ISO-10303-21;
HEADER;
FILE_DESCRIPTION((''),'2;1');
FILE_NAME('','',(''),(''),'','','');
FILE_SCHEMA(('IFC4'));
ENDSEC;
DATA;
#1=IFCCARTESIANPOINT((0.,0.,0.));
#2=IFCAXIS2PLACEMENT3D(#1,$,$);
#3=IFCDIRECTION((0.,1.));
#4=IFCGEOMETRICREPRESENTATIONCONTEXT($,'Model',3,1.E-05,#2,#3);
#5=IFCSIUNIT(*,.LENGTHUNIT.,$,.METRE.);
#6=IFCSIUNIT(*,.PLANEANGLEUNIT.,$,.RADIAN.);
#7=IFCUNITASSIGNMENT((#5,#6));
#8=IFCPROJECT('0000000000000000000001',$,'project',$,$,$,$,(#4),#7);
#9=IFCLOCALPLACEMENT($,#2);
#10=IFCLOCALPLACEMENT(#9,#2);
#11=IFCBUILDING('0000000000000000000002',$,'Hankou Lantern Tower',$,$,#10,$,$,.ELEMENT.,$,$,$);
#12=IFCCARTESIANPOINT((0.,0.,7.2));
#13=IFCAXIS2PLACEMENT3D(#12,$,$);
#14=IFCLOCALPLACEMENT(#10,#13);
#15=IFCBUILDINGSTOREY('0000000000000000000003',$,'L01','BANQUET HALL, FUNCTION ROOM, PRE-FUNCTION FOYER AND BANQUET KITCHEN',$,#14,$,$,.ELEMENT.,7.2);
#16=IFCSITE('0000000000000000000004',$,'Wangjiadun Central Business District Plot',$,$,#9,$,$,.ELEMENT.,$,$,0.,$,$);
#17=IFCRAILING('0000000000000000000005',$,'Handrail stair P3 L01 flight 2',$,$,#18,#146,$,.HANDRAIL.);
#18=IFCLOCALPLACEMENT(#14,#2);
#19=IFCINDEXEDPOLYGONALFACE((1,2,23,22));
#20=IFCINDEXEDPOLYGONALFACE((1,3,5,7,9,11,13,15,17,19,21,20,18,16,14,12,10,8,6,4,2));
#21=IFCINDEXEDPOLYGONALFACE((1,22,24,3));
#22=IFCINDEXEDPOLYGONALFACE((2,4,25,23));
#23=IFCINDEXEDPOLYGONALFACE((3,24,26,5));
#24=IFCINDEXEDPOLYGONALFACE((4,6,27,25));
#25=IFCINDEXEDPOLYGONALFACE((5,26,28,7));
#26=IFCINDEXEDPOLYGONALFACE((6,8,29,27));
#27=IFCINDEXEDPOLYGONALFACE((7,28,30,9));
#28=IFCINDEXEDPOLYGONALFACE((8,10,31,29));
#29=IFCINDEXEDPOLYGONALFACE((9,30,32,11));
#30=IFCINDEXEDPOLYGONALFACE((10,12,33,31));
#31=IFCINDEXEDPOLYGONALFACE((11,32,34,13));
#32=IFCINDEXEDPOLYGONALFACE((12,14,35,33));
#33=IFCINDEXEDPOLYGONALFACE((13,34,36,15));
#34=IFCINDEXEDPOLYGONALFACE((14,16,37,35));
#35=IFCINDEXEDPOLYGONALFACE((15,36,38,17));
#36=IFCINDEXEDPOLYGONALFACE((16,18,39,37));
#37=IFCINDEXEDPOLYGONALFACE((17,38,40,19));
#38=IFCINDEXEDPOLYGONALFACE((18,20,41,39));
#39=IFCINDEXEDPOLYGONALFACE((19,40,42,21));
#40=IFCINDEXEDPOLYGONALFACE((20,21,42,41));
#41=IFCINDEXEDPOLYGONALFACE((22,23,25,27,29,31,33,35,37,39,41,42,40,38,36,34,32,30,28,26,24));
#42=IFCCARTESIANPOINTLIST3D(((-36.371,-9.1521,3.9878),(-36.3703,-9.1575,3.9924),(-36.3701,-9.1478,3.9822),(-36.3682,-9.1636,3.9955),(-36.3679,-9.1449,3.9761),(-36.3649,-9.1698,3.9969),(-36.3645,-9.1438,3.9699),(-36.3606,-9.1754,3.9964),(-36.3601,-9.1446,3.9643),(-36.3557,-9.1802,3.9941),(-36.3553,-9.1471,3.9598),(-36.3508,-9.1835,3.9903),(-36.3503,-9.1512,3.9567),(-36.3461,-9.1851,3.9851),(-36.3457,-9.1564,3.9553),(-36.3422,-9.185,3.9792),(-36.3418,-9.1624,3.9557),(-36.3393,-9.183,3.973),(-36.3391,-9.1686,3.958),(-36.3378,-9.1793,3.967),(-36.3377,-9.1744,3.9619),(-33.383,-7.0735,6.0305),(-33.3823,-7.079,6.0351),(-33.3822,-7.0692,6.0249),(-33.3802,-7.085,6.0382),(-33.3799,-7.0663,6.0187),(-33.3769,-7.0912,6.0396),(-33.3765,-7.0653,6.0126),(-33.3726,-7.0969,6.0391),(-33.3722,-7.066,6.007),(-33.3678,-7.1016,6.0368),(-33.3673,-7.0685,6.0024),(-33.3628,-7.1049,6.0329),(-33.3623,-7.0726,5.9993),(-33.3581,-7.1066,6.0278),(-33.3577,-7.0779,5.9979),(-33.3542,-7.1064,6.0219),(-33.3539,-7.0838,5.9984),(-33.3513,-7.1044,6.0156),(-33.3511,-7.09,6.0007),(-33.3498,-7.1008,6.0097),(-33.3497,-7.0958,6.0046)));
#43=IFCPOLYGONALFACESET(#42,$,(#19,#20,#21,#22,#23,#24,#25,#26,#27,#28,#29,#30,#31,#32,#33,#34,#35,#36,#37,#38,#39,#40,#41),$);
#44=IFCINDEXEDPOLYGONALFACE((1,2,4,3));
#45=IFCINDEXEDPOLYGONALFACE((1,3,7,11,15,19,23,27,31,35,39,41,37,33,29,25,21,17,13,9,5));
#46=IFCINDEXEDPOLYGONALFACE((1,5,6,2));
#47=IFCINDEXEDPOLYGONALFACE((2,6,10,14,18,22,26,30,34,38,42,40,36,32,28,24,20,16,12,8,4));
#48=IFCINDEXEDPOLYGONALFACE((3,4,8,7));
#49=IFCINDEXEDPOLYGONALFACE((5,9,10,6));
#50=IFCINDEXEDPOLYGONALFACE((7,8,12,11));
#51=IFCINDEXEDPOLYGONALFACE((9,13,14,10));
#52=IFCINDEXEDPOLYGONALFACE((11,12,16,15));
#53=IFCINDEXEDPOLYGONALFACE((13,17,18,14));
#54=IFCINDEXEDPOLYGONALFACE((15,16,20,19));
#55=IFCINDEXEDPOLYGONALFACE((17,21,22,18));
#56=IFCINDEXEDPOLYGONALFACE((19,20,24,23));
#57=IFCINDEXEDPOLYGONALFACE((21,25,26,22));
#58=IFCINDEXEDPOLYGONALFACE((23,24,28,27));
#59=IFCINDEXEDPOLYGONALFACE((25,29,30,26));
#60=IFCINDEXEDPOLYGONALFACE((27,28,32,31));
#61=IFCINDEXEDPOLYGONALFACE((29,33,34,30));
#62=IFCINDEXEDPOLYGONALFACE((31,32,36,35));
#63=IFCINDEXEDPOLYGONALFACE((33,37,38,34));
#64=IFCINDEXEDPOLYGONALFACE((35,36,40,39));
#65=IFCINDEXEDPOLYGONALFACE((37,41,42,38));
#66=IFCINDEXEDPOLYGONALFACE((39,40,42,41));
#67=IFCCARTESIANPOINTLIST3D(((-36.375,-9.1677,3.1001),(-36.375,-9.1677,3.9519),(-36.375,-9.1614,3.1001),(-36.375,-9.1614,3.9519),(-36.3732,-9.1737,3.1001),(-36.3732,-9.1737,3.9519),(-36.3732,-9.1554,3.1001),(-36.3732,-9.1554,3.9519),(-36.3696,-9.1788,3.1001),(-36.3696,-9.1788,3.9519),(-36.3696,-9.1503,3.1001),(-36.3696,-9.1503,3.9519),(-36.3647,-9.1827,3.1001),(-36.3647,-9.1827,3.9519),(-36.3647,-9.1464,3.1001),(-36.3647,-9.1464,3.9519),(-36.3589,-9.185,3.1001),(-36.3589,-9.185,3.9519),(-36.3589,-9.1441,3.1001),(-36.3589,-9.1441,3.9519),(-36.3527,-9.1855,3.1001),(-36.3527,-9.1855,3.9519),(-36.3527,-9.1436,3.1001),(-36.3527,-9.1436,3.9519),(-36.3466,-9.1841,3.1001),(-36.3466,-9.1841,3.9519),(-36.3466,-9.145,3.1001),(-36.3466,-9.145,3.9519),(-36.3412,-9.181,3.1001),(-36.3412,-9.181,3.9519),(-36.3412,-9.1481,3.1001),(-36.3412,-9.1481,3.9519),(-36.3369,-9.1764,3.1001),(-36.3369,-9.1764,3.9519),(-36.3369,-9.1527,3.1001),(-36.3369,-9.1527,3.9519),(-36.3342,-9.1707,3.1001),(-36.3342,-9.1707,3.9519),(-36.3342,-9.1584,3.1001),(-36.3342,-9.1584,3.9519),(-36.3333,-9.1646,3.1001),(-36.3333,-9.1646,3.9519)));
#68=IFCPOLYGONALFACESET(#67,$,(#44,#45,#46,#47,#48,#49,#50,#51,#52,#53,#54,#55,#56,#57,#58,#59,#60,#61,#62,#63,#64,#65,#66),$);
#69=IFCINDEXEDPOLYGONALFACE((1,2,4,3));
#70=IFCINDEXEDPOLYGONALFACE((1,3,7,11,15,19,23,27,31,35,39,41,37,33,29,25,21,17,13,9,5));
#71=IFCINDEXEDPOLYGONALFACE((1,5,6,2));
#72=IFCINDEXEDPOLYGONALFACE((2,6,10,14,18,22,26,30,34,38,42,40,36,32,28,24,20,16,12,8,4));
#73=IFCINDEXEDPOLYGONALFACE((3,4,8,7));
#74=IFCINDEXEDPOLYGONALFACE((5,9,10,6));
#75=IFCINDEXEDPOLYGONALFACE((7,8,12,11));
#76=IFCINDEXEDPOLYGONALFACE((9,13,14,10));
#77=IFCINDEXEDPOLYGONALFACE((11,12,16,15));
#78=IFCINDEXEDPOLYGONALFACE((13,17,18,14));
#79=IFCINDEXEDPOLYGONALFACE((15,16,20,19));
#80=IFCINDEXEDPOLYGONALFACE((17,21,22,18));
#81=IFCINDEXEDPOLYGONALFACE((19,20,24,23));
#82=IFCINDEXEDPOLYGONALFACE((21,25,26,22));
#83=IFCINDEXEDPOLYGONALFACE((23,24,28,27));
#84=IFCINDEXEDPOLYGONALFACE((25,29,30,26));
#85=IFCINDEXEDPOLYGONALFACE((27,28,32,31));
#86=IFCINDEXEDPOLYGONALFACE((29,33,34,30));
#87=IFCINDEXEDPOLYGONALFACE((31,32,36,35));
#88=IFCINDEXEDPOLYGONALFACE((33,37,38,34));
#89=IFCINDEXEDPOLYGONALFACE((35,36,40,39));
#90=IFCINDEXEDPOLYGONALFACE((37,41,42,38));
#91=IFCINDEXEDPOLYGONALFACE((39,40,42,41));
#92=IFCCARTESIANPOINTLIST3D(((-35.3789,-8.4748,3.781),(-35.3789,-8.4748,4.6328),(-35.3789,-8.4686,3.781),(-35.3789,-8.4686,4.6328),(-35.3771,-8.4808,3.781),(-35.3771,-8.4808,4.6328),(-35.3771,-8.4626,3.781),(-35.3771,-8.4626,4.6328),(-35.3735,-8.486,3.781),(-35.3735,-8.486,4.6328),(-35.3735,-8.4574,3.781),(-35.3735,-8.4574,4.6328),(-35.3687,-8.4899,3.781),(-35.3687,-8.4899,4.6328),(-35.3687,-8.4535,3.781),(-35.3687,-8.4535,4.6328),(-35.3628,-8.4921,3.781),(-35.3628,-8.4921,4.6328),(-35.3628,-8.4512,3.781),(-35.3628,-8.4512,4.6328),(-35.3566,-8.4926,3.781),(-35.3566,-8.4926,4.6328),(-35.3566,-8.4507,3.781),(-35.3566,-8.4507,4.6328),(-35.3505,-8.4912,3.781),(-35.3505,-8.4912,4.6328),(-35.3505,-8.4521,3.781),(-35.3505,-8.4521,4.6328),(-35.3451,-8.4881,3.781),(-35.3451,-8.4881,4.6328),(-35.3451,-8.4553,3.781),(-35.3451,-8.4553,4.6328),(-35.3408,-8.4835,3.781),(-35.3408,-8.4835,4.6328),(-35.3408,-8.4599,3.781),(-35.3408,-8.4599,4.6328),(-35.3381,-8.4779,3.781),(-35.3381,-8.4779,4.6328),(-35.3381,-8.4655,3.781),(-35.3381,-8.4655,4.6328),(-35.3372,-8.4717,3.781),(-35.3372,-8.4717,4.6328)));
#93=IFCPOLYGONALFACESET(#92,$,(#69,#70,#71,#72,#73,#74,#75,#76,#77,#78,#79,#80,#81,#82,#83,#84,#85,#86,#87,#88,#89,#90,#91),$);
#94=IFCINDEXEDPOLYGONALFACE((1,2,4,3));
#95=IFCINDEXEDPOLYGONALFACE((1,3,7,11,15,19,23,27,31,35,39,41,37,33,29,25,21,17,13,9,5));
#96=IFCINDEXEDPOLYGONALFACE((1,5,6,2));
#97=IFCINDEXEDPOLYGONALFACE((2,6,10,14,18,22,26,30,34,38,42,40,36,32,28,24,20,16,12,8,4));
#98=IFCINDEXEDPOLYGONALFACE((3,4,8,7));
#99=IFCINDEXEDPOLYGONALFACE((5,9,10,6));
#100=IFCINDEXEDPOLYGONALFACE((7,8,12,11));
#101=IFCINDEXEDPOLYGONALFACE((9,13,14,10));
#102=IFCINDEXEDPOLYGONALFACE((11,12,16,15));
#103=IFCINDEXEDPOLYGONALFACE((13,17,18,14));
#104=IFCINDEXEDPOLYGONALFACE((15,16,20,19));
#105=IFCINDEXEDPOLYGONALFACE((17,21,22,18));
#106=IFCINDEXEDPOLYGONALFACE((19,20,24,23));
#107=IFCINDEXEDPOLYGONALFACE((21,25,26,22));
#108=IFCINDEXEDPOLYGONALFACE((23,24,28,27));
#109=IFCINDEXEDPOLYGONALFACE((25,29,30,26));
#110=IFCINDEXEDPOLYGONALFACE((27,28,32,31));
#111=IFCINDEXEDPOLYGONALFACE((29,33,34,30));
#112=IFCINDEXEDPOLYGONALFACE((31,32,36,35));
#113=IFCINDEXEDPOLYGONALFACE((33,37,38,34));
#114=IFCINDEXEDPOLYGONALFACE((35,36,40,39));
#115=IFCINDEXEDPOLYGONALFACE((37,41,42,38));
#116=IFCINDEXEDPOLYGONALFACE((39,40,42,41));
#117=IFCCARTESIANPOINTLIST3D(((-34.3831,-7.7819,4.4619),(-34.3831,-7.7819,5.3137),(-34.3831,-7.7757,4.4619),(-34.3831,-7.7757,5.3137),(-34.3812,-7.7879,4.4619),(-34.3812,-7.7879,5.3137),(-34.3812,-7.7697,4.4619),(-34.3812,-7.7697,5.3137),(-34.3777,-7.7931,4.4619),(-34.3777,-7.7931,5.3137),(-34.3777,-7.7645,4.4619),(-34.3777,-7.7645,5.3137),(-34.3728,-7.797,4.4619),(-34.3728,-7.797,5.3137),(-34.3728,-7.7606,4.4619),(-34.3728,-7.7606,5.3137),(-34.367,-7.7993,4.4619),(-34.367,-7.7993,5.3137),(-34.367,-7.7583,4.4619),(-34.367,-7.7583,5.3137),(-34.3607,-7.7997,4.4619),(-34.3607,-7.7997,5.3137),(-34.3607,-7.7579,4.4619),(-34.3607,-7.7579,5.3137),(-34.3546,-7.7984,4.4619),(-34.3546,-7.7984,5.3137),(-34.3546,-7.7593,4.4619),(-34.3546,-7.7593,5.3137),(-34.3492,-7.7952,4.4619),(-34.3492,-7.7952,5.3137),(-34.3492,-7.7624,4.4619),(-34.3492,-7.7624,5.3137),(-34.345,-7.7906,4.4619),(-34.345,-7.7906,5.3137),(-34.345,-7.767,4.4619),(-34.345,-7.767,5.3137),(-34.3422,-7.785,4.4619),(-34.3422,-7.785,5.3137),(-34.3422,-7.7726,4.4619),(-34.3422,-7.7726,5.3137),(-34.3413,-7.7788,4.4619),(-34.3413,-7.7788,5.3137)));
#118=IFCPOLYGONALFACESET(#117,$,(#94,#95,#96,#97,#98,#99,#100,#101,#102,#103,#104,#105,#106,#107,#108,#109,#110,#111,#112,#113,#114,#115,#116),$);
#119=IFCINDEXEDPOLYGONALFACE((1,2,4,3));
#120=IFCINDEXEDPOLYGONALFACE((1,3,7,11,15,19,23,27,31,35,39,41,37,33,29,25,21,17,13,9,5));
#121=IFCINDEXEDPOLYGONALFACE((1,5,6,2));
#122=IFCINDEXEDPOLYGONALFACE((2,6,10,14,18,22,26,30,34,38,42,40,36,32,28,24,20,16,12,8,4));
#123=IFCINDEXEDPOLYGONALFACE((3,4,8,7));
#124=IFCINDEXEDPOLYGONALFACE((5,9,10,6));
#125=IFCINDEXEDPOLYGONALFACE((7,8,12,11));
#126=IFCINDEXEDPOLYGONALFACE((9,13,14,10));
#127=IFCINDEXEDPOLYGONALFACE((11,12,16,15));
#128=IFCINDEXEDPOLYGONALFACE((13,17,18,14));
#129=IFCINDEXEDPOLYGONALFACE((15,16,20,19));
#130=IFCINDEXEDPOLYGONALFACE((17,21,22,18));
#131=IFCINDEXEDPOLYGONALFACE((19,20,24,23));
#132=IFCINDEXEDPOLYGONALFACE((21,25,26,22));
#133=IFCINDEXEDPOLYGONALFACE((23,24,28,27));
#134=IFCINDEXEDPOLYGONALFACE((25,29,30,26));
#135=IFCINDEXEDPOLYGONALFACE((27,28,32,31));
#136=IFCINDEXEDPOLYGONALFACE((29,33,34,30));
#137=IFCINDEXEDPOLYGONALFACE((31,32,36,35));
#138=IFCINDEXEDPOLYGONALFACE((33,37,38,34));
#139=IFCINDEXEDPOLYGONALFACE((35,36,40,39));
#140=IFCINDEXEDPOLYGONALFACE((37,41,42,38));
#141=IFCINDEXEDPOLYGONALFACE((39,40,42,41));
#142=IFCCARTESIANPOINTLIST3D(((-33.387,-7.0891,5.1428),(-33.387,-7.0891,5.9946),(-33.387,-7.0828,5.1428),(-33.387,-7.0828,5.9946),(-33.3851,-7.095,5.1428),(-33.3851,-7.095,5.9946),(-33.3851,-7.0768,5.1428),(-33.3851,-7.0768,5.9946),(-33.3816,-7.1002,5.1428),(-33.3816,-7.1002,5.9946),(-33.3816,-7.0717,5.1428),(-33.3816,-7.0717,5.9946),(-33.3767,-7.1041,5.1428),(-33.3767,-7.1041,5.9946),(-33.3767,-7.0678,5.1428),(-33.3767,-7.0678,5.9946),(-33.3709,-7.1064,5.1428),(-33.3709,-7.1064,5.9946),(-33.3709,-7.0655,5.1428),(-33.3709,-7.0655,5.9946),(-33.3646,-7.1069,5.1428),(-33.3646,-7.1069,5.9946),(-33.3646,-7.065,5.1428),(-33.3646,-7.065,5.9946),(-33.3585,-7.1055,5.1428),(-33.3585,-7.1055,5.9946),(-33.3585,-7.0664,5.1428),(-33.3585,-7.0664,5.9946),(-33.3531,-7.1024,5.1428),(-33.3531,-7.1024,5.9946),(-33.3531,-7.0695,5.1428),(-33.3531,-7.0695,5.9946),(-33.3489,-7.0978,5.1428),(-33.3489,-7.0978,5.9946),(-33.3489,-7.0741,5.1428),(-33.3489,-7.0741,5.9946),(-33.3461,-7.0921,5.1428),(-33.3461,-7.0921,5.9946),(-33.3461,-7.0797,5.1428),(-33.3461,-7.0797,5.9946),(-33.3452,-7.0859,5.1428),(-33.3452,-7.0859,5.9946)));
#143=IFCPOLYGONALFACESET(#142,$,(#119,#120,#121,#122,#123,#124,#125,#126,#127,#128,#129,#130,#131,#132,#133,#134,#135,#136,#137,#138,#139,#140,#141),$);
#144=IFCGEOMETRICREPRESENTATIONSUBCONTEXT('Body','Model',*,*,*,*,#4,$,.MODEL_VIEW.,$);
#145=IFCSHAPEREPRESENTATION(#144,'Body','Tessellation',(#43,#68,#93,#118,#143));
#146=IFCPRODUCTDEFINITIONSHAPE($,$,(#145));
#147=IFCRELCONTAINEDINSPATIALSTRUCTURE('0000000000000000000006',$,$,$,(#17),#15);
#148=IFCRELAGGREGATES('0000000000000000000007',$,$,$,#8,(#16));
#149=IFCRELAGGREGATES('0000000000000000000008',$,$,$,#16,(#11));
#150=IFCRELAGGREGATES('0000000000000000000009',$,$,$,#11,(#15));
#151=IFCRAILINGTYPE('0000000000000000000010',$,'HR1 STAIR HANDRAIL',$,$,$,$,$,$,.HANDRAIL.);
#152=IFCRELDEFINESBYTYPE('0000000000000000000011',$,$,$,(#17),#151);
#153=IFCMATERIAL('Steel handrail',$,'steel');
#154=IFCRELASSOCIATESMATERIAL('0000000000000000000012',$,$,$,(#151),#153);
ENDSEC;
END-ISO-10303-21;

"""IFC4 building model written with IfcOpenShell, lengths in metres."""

from ifc_helpers import new_model, si_unit, direction, frame, origin, origin_2d, place, context, subcontext, project, spatial, circle, extrude, material, type_object, element, save


model = new_model("IFC4")

# Units and contexts
model_context = context("Model", 3, precision=1e-05, world=origin(), true_north=direction((0.0, 1.0)))
body_context = subcontext(model_context, "Body", "Model", "MODEL_VIEW")
ifc_project = project(units=[si_unit("LENGTHUNIT", "METRE"), si_unit("PLANEANGLEUNIT", "RADIAN")], contexts=[model_context])

# Site, building, storey
site_placement = place(None, origin())
site = spatial("IfcSite", under=ifc_project, at=site_placement, Name="Wangjiadun Central Business District Plot", CompositionType="ELEMENT", RefElevation=0.0)
building_placement = place(site_placement, origin())
building = spatial("IfcBuilding", under=site, at=building_placement, Name="Hankou Lantern Tower", CompositionType="ELEMENT")
storey_placement = place(building_placement, frame((0.0, 0.0, 7.2)))
storey = spatial("IfcBuildingStorey", under=building, at=storey_placement, Name="L01", Description="BANQUET HALL, FUNCTION ROOM, PRE-FUNCTION FOYER AND BANQUET KITCHEN", CompositionType="ELEMENT", Elevation=7.2)

# Railing
ifc_material_1 = material(Name="Steel handrail", Category="steel")
railing_type = type_object("IfcRailingType", Name="HR1 STAIR HANDRAIL", PredefinedType="HANDRAIL", material=ifc_material_1)
railing_placement = place(storey_placement, frame((-36.3542, -9.1646, 3.1001)))
element("IfcRailing", 1, at=railing_placement, inside=storey, type_object=railing_type, Name="Handrail stair P3 L01 flight 2", PredefinedType="HANDRAIL", context=body_context, shape_type="SweptSolid", body=[
    extrude(circle(Radius=0.0239, at=origin_2d()), frame((0.0, 0.0, 0.876), z_axis=(0.71588, 0.497999, 0.4894), x_axis=(-0.571061, 0.820908, 0.0)), (0.0, 0.0, 1.0), 4.1738),
    extrude(circle(Radius=0.021, at=origin_2d()), origin(), (0.0, 0.0, 1.0), 0.8518),
    extrude(circle(Radius=0.021, at=origin_2d()), frame((0.9961, 0.6929, 0.6809)), (0.0, 0.0, 1.0), 0.8518),
    extrude(circle(Radius=0.021, at=origin_2d()), frame((1.9919, 1.3857, 1.3618)), (0.0, 0.0, 1.0), 0.8518),
    extrude(circle(Radius=0.021, at=origin_2d()), frame((2.988, 2.0786, 2.0427)), (0.0, 0.0, 1.0), 0.8518),
])

save(model, "model.ifc")
